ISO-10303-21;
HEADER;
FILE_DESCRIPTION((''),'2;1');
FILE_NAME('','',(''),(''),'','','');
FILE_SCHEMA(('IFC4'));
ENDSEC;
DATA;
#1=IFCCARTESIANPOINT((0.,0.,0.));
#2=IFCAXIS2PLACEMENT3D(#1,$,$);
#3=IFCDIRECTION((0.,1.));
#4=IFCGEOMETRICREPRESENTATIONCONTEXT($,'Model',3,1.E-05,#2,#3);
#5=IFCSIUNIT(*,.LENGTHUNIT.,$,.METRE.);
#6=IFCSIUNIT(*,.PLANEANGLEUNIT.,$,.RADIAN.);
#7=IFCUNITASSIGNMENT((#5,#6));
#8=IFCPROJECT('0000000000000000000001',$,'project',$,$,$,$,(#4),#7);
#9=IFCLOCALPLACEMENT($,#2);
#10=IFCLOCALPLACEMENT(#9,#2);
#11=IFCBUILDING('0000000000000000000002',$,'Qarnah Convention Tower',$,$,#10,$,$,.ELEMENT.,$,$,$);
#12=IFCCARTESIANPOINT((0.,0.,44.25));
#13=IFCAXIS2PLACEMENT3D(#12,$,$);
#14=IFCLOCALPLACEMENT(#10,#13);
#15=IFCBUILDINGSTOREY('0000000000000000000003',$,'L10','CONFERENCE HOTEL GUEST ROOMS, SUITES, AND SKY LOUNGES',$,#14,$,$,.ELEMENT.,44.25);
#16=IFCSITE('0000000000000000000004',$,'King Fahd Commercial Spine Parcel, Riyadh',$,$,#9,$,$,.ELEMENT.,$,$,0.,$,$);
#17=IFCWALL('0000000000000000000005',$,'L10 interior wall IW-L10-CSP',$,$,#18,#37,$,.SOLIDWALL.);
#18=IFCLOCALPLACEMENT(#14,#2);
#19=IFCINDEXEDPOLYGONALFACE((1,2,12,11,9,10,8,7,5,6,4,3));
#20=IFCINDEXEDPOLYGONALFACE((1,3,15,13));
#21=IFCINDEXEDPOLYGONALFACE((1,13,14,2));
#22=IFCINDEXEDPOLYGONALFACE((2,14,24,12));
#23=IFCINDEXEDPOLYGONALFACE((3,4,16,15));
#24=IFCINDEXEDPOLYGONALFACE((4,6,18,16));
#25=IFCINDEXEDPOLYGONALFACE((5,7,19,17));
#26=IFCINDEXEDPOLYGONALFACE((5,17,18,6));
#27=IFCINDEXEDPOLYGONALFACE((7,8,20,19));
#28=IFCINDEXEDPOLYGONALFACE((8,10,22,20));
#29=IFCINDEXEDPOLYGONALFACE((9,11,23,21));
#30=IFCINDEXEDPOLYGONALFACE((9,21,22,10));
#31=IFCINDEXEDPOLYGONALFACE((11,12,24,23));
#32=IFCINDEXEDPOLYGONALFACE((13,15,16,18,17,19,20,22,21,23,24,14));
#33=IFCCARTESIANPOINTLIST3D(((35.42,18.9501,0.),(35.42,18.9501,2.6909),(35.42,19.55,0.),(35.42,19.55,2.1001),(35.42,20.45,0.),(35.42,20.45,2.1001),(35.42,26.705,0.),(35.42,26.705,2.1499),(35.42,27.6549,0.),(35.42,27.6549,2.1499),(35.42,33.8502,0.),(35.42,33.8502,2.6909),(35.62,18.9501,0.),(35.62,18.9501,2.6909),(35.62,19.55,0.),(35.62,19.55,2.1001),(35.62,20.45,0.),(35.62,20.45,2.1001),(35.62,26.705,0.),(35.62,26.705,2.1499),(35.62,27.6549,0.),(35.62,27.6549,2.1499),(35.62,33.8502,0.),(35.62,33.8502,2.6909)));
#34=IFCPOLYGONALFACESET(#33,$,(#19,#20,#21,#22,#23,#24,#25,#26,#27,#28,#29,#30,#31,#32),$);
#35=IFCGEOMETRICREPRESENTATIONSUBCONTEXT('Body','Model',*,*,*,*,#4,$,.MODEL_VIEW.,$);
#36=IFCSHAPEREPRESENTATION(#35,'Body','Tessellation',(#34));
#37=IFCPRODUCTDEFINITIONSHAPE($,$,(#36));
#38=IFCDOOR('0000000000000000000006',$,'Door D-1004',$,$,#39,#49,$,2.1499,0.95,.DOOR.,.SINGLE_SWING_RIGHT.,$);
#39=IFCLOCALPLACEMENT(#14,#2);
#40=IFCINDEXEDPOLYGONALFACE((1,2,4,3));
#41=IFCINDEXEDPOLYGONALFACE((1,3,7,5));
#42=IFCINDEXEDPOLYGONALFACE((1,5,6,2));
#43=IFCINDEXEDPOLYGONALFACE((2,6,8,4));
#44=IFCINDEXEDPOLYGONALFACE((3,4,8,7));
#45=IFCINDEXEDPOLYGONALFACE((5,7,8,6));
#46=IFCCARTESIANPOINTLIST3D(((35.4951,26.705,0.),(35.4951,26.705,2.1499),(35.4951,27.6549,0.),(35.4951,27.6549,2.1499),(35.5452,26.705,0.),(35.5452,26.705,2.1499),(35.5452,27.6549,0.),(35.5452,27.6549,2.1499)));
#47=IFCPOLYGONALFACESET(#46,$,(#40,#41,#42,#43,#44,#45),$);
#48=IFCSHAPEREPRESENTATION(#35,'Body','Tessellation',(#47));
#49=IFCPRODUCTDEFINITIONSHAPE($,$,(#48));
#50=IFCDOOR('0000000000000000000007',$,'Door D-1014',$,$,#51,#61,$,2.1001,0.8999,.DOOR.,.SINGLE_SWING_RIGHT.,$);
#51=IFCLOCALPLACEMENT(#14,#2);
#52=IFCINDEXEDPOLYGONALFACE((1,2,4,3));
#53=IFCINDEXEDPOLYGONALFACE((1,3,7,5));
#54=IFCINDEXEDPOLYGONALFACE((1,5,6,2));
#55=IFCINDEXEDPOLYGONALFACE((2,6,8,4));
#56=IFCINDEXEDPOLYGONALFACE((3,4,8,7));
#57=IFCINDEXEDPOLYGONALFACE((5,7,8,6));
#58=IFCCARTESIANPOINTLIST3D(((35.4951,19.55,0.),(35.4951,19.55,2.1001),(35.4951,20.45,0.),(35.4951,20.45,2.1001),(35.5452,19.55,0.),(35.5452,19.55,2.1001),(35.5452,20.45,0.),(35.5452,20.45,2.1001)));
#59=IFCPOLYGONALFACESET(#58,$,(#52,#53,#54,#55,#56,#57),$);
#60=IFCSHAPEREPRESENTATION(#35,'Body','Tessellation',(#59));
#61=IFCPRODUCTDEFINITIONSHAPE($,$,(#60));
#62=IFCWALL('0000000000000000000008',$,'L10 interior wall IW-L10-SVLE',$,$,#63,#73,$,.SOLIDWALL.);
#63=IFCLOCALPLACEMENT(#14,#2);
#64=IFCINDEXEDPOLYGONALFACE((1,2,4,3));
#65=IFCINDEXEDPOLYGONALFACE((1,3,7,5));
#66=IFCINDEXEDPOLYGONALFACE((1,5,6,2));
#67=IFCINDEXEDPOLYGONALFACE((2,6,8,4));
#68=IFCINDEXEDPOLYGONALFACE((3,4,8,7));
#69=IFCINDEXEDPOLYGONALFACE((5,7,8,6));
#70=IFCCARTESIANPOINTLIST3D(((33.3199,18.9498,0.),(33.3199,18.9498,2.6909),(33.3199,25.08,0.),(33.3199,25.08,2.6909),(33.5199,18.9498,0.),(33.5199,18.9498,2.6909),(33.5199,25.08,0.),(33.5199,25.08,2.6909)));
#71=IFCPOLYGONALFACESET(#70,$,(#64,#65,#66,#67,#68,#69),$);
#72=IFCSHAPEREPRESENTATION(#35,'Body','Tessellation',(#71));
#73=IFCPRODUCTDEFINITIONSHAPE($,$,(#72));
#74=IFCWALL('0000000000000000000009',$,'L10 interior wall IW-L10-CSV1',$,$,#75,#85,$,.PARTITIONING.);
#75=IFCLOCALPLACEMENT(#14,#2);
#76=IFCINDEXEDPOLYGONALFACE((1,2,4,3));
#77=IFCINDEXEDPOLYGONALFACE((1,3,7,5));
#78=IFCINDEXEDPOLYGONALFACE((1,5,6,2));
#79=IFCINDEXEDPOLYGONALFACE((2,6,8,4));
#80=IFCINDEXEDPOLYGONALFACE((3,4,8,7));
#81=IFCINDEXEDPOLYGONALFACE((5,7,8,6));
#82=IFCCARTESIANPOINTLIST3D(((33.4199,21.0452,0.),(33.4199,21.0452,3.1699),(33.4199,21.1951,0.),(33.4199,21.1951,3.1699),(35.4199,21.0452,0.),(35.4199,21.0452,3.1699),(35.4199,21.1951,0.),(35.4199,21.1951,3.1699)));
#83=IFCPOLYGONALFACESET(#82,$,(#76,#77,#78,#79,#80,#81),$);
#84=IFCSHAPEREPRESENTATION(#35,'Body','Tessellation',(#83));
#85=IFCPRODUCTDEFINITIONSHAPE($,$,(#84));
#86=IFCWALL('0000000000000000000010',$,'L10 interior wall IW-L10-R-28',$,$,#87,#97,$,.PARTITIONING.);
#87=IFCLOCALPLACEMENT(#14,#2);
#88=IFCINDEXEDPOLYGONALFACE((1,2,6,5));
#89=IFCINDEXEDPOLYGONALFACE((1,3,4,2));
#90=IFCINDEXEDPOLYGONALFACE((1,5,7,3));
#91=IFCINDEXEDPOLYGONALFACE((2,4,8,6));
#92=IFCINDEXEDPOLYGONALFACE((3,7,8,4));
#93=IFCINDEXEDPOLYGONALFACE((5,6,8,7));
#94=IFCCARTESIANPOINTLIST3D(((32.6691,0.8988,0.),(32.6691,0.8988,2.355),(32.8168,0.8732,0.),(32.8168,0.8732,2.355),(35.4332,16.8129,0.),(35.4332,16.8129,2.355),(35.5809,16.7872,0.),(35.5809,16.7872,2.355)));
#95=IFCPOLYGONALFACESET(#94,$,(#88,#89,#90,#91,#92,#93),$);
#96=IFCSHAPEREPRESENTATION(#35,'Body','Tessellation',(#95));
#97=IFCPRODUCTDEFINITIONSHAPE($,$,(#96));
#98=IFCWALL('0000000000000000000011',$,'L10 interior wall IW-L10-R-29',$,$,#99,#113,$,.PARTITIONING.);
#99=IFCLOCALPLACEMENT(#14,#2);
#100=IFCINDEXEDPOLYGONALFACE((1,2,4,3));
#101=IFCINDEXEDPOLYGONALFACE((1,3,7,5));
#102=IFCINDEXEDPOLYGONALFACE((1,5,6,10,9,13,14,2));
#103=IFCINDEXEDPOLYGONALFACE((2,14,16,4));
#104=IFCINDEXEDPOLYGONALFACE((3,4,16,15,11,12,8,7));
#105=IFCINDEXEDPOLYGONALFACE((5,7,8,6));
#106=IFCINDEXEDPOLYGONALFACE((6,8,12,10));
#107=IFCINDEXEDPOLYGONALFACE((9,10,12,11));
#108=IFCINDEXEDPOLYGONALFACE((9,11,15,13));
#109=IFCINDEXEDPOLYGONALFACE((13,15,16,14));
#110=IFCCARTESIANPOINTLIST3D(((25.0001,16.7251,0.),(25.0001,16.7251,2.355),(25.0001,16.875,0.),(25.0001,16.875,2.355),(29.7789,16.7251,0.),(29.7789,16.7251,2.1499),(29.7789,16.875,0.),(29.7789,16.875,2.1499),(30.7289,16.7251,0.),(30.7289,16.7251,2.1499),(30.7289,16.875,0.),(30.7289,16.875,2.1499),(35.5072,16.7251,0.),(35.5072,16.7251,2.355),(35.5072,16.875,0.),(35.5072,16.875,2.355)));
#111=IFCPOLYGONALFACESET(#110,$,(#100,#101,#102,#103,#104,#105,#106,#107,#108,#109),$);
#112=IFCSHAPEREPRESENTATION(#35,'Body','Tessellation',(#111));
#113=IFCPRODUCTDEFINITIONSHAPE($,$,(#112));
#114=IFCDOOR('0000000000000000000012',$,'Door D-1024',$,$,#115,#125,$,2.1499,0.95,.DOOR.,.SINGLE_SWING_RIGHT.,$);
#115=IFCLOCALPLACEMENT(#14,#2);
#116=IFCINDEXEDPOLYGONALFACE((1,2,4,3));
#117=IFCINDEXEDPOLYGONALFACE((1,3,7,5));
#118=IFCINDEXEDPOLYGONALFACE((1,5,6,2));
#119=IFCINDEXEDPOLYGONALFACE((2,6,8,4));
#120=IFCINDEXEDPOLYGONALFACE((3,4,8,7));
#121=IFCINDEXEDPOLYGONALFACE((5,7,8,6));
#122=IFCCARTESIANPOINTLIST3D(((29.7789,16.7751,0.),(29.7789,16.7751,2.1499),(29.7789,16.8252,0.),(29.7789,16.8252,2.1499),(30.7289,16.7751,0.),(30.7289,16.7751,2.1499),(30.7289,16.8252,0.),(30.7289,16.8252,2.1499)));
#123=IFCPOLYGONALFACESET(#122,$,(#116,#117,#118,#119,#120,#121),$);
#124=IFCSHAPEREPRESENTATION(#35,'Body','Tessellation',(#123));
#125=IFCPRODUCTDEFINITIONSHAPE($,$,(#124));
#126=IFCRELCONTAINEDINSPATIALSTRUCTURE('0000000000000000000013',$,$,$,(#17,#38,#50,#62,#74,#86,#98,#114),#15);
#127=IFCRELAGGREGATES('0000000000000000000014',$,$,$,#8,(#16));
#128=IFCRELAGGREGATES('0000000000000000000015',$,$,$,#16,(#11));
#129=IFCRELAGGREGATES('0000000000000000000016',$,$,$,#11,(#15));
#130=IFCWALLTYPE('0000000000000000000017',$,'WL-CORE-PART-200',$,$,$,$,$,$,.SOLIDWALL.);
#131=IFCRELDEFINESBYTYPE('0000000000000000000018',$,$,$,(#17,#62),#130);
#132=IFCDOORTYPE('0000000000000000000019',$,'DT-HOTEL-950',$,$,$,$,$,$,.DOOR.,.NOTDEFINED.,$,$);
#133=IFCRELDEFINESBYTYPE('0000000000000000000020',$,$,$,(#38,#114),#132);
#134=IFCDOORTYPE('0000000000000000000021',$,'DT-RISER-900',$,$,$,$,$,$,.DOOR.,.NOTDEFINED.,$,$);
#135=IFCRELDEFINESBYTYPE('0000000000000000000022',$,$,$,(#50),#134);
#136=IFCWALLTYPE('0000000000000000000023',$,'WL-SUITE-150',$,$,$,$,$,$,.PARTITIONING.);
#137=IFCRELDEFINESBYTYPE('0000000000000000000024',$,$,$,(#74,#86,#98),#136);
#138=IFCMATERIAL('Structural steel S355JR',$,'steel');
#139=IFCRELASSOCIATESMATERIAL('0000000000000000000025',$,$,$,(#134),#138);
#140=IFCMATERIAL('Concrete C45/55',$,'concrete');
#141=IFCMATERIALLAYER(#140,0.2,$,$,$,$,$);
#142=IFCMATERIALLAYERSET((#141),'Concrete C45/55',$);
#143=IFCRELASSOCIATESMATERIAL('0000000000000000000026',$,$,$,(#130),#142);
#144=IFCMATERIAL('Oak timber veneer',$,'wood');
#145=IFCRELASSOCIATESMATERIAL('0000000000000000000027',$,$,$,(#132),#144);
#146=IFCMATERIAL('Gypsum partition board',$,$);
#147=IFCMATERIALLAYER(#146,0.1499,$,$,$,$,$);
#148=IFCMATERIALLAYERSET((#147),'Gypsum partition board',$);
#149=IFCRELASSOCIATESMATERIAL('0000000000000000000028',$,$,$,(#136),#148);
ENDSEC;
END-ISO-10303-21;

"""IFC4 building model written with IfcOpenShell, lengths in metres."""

from ifc_helpers import new_model, si_unit, direction, frame, frame_2d, origin, place, context, subcontext, project, spatial, rectangle, extrude, material, layer, layer_set, type_object, element, fill, save


model = new_model("IFC4")

# Units and contexts
model_context = context("Model", 3, precision=1e-05, world=origin(), true_north=direction((0.0, 1.0)))
body_context = subcontext(model_context, "Body", "Model", "MODEL_VIEW")
ifc_project = project(units=[si_unit("LENGTHUNIT", "METRE"), si_unit("PLANEANGLEUNIT", "RADIAN")], contexts=[model_context])

# Site, building, storey
site_placement = place(None, origin())
site = spatial("IfcSite", under=ifc_project, at=site_placement, Name="King Fahd Commercial Spine Parcel, Riyadh", CompositionType="ELEMENT", RefElevation=0.0)
building_placement = place(site_placement, origin())
building = spatial("IfcBuilding", under=site, at=building_placement, Name="Qarnah Convention Tower", CompositionType="ELEMENT")
storey_placement = place(building_placement, frame((0.0, 0.0, 44.25)))
storey = spatial("IfcBuildingStorey", under=building, at=storey_placement, Name="L10", Description="CONFERENCE HOTEL GUEST ROOMS, SUITES, AND SKY LOUNGES", CompositionType="ELEMENT", Elevation=44.25)

# Shared definitions
ifc_material_1 = material(Name="Structural steel S355JR", Category="steel")

# Wall, openings, doors
door_type_1 = type_object("IfcDoorType", Name="DT-RISER-900", OperationType="NOTDEFINED", PredefinedType="DOOR", material=ifc_material_1)
ifc_material_2 = material(Name="Concrete C45/55", Category="concrete")
ifc_layer_1 = layer(ifc_material_2, 0.2)
ifc_layer_set_1 = layer_set([ifc_layer_1], Name="Concrete C45/55")
wall_type_1 = type_object("IfcWallType", Name="WL-CORE-PART-200", PredefinedType="SOLIDWALL", material=ifc_layer_set_1)
wall_1_placement = place(storey_placement, frame((35.52, 18.95, 0.0), z_axis=(0.0, 0.0, 1.0), x_axis=(0.0, 1.0, 0.0)))
wall_1 = element("IfcWall", 1, at=wall_1_placement, inside=storey, type_object=wall_type_1, Name="L10 interior wall IW-L10-CSP", PredefinedType="SOLIDWALL", context=body_context, shape_type="SweptSolid", body=[
    extrude(rectangle(XDim=14.9001, YDim=0.2, at=frame_2d((7.4502, 0.0))), origin(), (0.0, 0.0, 1.0), 2.6909),
])
opening_1_placement = place(wall_1_placement, frame((7.7549, 0.0, 0.0)))
opening_1 = element("IfcOpeningElement", 2, at=opening_1_placement, cuts=wall_1, PredefinedType="OPENING", context=body_context, shape_type="SweptSolid", body=[
    extrude(rectangle(XDim=0.95, YDim=2.1499, at=frame_2d((0.4751, 1.075))), frame((0.0, 0.1099, 0.0), z_axis=(0.0, -1.0, 0.0), x_axis=(1.0, 0.0, 0.0)), (0.0, 0.0, 1.0), 0.22),
])
opening_2_placement = place(wall_1_placement, frame((0.6001, 0.0, 0.0)))
opening_2 = element("IfcOpeningElement", 3, at=opening_2_placement, cuts=wall_1, PredefinedType="OPENING", context=body_context, shape_type="SweptSolid", body=[
    extrude(rectangle(XDim=0.8999, YDim=2.1001, at=frame_2d((0.45, 1.05))), frame((0.0, 0.1099, 0.0), z_axis=(0.0, -1.0, 0.0), x_axis=(1.0, 0.0, 0.0)), (0.0, 0.0, 1.0), 0.22),
])
ifc_material_3 = material(Name="Oak timber veneer", Category="wood")
door_type_2 = type_object("IfcDoorType", Name="DT-HOTEL-950", OperationType="NOTDEFINED", PredefinedType="DOOR", material=ifc_material_3)
door_1_placement = place(opening_1_placement, origin())
door_1 = element("IfcDoor", 4, at=door_1_placement, inside=storey, type_object=door_type_2, Name="Door D-1004", OperationType="SINGLE_SWING_RIGHT", OverallHeight=2.1499, OverallWidth=0.95, PredefinedType="DOOR", context=body_context, shape_type="SweptSolid", body=[
    extrude(rectangle(XDim=0.95, YDim=2.1499, at=frame_2d((0.4751, 1.075))), frame((0.0, 0.0249, 0.0), z_axis=(0.0, -1.0, 0.0), x_axis=(1.0, 0.0, 0.0)), (0.0, 0.0, 1.0), 0.05),
])
fill(opening_1, door_1)
door_2_placement = place(opening_2_placement, origin())
door_2 = element("IfcDoor", 5, at=door_2_placement, inside=storey, type_object=door_type_1, Name="Door D-1014", OperationType="SINGLE_SWING_RIGHT", OverallHeight=2.1001, OverallWidth=0.8999, PredefinedType="DOOR", context=body_context, shape_type="SweptSolid", body=[
    extrude(rectangle(XDim=0.8999, YDim=2.1001, at=frame_2d((0.45, 1.05))), frame((0.0, 0.0249, 0.0), z_axis=(0.0, -1.0, 0.0), x_axis=(1.0, 0.0, 0.0)), (0.0, 0.0, 1.0), 0.05),
])
fill(opening_2, door_2)

# Walls
wall_2_placement = place(storey_placement, frame((33.4199, 18.95, 0.0), z_axis=(0.0, 0.0, 1.0), x_axis=(0.0, 1.0, 0.0)))
element("IfcWall", 6, at=wall_2_placement, inside=storey, type_object=wall_type_1, Name="L10 interior wall IW-L10-SVLE", PredefinedType="SOLIDWALL", context=body_context, shape_type="SweptSolid", body=[
    extrude(rectangle(XDim=6.1301, YDim=0.2, at=frame_2d((3.0649, 0.0))), origin(), (0.0, 0.0, 1.0), 2.6909),
])
ifc_material_4 = material(Name="Gypsum partition board")
ifc_layer_2 = layer(ifc_material_4, 0.1499)
ifc_layer_set_2 = layer_set([ifc_layer_2], Name="Gypsum partition board")
wall_type_2 = type_object("IfcWallType", Name="WL-SUITE-150", PredefinedType="PARTITIONING", material=ifc_layer_set_2)
wall_3_placement = place(storey_placement, frame((33.4199, 21.1201, 0.0), z_axis=(0.0, 0.0, 1.0), x_axis=(1.0, 0.0, 0.0)))
element("IfcWall", 7, at=wall_3_placement, inside=storey, type_object=wall_type_2, Name="L10 interior wall IW-L10-CSV1", PredefinedType="PARTITIONING", context=body_context, shape_type="SweptSolid", body=[
    extrude(rectangle(XDim=2.0, YDim=0.1499, at=frame_2d((1.0, 0.0))), origin(), (0.0, 0.0, 1.0), 3.1699),
])
wall_4_placement = place(storey_placement, frame((32.7429, 0.886, 0.0), z_axis=(0.0, 0.0, 1.0), x_axis=(0.171131, 0.985248, 0.0)))
element("IfcWall", 8, at=wall_4_placement, inside=storey, type_object=wall_type_2, Name="L10 interior wall IW-L10-R-28", PredefinedType="PARTITIONING", context=body_context, shape_type="SweptSolid", body=[
    extrude(rectangle(XDim=16.1523, YDim=0.1499, at=frame_2d((8.0762, 0.0))), origin(), (0.0, 0.0, 1.0), 2.355),
])

# Wall, opening, door
wall_5_placement = place(storey_placement, frame((35.5071, 16.8, 0.0), z_axis=(0.0, 0.0, 1.0), x_axis=(-1.0, 0.0, 0.0)))
wall_5 = element("IfcWall", 9, at=wall_5_placement, inside=storey, type_object=wall_type_2, Name="L10 interior wall IW-L10-R-29", PredefinedType="PARTITIONING", context=body_context, shape_type="SweptSolid", body=[
    extrude(rectangle(XDim=10.5071, YDim=0.1499, at=frame_2d((5.2534, 0.0))), origin(), (0.0, 0.0, 1.0), 2.355),
])
opening_3_placement = place(wall_5_placement, frame((4.7781, 0.0, 0.0)))
opening_3 = element("IfcOpeningElement", 10, at=opening_3_placement, cuts=wall_5, PredefinedType="OPENING", context=body_context, shape_type="SweptSolid", body=[
    extrude(rectangle(XDim=0.95, YDim=2.1499, at=frame_2d((0.4751, 1.075))), frame((0.0, 0.085, 0.0), z_axis=(0.0, -1.0, 0.0), x_axis=(1.0, 0.0, 0.0)), (0.0, 0.0, 1.0), 0.1699),
])
door_3_placement = place(opening_3_placement, origin())
door_3 = element("IfcDoor", 11, at=door_3_placement, inside=storey, type_object=door_type_2, Name="Door D-1024", OperationType="SINGLE_SWING_RIGHT", OverallHeight=2.1499, OverallWidth=0.95, PredefinedType="DOOR", context=body_context, shape_type="SweptSolid", body=[
    extrude(rectangle(XDim=0.95, YDim=2.1499, at=frame_2d((0.4751, 1.075))), frame((0.0, 0.0249, 0.0), z_axis=(0.0, -1.0, 0.0), x_axis=(1.0, 0.0, 0.0)), (0.0, 0.0, 1.0), 0.05),
])
fill(opening_3, door_3)

save(model, "model.ifc")
